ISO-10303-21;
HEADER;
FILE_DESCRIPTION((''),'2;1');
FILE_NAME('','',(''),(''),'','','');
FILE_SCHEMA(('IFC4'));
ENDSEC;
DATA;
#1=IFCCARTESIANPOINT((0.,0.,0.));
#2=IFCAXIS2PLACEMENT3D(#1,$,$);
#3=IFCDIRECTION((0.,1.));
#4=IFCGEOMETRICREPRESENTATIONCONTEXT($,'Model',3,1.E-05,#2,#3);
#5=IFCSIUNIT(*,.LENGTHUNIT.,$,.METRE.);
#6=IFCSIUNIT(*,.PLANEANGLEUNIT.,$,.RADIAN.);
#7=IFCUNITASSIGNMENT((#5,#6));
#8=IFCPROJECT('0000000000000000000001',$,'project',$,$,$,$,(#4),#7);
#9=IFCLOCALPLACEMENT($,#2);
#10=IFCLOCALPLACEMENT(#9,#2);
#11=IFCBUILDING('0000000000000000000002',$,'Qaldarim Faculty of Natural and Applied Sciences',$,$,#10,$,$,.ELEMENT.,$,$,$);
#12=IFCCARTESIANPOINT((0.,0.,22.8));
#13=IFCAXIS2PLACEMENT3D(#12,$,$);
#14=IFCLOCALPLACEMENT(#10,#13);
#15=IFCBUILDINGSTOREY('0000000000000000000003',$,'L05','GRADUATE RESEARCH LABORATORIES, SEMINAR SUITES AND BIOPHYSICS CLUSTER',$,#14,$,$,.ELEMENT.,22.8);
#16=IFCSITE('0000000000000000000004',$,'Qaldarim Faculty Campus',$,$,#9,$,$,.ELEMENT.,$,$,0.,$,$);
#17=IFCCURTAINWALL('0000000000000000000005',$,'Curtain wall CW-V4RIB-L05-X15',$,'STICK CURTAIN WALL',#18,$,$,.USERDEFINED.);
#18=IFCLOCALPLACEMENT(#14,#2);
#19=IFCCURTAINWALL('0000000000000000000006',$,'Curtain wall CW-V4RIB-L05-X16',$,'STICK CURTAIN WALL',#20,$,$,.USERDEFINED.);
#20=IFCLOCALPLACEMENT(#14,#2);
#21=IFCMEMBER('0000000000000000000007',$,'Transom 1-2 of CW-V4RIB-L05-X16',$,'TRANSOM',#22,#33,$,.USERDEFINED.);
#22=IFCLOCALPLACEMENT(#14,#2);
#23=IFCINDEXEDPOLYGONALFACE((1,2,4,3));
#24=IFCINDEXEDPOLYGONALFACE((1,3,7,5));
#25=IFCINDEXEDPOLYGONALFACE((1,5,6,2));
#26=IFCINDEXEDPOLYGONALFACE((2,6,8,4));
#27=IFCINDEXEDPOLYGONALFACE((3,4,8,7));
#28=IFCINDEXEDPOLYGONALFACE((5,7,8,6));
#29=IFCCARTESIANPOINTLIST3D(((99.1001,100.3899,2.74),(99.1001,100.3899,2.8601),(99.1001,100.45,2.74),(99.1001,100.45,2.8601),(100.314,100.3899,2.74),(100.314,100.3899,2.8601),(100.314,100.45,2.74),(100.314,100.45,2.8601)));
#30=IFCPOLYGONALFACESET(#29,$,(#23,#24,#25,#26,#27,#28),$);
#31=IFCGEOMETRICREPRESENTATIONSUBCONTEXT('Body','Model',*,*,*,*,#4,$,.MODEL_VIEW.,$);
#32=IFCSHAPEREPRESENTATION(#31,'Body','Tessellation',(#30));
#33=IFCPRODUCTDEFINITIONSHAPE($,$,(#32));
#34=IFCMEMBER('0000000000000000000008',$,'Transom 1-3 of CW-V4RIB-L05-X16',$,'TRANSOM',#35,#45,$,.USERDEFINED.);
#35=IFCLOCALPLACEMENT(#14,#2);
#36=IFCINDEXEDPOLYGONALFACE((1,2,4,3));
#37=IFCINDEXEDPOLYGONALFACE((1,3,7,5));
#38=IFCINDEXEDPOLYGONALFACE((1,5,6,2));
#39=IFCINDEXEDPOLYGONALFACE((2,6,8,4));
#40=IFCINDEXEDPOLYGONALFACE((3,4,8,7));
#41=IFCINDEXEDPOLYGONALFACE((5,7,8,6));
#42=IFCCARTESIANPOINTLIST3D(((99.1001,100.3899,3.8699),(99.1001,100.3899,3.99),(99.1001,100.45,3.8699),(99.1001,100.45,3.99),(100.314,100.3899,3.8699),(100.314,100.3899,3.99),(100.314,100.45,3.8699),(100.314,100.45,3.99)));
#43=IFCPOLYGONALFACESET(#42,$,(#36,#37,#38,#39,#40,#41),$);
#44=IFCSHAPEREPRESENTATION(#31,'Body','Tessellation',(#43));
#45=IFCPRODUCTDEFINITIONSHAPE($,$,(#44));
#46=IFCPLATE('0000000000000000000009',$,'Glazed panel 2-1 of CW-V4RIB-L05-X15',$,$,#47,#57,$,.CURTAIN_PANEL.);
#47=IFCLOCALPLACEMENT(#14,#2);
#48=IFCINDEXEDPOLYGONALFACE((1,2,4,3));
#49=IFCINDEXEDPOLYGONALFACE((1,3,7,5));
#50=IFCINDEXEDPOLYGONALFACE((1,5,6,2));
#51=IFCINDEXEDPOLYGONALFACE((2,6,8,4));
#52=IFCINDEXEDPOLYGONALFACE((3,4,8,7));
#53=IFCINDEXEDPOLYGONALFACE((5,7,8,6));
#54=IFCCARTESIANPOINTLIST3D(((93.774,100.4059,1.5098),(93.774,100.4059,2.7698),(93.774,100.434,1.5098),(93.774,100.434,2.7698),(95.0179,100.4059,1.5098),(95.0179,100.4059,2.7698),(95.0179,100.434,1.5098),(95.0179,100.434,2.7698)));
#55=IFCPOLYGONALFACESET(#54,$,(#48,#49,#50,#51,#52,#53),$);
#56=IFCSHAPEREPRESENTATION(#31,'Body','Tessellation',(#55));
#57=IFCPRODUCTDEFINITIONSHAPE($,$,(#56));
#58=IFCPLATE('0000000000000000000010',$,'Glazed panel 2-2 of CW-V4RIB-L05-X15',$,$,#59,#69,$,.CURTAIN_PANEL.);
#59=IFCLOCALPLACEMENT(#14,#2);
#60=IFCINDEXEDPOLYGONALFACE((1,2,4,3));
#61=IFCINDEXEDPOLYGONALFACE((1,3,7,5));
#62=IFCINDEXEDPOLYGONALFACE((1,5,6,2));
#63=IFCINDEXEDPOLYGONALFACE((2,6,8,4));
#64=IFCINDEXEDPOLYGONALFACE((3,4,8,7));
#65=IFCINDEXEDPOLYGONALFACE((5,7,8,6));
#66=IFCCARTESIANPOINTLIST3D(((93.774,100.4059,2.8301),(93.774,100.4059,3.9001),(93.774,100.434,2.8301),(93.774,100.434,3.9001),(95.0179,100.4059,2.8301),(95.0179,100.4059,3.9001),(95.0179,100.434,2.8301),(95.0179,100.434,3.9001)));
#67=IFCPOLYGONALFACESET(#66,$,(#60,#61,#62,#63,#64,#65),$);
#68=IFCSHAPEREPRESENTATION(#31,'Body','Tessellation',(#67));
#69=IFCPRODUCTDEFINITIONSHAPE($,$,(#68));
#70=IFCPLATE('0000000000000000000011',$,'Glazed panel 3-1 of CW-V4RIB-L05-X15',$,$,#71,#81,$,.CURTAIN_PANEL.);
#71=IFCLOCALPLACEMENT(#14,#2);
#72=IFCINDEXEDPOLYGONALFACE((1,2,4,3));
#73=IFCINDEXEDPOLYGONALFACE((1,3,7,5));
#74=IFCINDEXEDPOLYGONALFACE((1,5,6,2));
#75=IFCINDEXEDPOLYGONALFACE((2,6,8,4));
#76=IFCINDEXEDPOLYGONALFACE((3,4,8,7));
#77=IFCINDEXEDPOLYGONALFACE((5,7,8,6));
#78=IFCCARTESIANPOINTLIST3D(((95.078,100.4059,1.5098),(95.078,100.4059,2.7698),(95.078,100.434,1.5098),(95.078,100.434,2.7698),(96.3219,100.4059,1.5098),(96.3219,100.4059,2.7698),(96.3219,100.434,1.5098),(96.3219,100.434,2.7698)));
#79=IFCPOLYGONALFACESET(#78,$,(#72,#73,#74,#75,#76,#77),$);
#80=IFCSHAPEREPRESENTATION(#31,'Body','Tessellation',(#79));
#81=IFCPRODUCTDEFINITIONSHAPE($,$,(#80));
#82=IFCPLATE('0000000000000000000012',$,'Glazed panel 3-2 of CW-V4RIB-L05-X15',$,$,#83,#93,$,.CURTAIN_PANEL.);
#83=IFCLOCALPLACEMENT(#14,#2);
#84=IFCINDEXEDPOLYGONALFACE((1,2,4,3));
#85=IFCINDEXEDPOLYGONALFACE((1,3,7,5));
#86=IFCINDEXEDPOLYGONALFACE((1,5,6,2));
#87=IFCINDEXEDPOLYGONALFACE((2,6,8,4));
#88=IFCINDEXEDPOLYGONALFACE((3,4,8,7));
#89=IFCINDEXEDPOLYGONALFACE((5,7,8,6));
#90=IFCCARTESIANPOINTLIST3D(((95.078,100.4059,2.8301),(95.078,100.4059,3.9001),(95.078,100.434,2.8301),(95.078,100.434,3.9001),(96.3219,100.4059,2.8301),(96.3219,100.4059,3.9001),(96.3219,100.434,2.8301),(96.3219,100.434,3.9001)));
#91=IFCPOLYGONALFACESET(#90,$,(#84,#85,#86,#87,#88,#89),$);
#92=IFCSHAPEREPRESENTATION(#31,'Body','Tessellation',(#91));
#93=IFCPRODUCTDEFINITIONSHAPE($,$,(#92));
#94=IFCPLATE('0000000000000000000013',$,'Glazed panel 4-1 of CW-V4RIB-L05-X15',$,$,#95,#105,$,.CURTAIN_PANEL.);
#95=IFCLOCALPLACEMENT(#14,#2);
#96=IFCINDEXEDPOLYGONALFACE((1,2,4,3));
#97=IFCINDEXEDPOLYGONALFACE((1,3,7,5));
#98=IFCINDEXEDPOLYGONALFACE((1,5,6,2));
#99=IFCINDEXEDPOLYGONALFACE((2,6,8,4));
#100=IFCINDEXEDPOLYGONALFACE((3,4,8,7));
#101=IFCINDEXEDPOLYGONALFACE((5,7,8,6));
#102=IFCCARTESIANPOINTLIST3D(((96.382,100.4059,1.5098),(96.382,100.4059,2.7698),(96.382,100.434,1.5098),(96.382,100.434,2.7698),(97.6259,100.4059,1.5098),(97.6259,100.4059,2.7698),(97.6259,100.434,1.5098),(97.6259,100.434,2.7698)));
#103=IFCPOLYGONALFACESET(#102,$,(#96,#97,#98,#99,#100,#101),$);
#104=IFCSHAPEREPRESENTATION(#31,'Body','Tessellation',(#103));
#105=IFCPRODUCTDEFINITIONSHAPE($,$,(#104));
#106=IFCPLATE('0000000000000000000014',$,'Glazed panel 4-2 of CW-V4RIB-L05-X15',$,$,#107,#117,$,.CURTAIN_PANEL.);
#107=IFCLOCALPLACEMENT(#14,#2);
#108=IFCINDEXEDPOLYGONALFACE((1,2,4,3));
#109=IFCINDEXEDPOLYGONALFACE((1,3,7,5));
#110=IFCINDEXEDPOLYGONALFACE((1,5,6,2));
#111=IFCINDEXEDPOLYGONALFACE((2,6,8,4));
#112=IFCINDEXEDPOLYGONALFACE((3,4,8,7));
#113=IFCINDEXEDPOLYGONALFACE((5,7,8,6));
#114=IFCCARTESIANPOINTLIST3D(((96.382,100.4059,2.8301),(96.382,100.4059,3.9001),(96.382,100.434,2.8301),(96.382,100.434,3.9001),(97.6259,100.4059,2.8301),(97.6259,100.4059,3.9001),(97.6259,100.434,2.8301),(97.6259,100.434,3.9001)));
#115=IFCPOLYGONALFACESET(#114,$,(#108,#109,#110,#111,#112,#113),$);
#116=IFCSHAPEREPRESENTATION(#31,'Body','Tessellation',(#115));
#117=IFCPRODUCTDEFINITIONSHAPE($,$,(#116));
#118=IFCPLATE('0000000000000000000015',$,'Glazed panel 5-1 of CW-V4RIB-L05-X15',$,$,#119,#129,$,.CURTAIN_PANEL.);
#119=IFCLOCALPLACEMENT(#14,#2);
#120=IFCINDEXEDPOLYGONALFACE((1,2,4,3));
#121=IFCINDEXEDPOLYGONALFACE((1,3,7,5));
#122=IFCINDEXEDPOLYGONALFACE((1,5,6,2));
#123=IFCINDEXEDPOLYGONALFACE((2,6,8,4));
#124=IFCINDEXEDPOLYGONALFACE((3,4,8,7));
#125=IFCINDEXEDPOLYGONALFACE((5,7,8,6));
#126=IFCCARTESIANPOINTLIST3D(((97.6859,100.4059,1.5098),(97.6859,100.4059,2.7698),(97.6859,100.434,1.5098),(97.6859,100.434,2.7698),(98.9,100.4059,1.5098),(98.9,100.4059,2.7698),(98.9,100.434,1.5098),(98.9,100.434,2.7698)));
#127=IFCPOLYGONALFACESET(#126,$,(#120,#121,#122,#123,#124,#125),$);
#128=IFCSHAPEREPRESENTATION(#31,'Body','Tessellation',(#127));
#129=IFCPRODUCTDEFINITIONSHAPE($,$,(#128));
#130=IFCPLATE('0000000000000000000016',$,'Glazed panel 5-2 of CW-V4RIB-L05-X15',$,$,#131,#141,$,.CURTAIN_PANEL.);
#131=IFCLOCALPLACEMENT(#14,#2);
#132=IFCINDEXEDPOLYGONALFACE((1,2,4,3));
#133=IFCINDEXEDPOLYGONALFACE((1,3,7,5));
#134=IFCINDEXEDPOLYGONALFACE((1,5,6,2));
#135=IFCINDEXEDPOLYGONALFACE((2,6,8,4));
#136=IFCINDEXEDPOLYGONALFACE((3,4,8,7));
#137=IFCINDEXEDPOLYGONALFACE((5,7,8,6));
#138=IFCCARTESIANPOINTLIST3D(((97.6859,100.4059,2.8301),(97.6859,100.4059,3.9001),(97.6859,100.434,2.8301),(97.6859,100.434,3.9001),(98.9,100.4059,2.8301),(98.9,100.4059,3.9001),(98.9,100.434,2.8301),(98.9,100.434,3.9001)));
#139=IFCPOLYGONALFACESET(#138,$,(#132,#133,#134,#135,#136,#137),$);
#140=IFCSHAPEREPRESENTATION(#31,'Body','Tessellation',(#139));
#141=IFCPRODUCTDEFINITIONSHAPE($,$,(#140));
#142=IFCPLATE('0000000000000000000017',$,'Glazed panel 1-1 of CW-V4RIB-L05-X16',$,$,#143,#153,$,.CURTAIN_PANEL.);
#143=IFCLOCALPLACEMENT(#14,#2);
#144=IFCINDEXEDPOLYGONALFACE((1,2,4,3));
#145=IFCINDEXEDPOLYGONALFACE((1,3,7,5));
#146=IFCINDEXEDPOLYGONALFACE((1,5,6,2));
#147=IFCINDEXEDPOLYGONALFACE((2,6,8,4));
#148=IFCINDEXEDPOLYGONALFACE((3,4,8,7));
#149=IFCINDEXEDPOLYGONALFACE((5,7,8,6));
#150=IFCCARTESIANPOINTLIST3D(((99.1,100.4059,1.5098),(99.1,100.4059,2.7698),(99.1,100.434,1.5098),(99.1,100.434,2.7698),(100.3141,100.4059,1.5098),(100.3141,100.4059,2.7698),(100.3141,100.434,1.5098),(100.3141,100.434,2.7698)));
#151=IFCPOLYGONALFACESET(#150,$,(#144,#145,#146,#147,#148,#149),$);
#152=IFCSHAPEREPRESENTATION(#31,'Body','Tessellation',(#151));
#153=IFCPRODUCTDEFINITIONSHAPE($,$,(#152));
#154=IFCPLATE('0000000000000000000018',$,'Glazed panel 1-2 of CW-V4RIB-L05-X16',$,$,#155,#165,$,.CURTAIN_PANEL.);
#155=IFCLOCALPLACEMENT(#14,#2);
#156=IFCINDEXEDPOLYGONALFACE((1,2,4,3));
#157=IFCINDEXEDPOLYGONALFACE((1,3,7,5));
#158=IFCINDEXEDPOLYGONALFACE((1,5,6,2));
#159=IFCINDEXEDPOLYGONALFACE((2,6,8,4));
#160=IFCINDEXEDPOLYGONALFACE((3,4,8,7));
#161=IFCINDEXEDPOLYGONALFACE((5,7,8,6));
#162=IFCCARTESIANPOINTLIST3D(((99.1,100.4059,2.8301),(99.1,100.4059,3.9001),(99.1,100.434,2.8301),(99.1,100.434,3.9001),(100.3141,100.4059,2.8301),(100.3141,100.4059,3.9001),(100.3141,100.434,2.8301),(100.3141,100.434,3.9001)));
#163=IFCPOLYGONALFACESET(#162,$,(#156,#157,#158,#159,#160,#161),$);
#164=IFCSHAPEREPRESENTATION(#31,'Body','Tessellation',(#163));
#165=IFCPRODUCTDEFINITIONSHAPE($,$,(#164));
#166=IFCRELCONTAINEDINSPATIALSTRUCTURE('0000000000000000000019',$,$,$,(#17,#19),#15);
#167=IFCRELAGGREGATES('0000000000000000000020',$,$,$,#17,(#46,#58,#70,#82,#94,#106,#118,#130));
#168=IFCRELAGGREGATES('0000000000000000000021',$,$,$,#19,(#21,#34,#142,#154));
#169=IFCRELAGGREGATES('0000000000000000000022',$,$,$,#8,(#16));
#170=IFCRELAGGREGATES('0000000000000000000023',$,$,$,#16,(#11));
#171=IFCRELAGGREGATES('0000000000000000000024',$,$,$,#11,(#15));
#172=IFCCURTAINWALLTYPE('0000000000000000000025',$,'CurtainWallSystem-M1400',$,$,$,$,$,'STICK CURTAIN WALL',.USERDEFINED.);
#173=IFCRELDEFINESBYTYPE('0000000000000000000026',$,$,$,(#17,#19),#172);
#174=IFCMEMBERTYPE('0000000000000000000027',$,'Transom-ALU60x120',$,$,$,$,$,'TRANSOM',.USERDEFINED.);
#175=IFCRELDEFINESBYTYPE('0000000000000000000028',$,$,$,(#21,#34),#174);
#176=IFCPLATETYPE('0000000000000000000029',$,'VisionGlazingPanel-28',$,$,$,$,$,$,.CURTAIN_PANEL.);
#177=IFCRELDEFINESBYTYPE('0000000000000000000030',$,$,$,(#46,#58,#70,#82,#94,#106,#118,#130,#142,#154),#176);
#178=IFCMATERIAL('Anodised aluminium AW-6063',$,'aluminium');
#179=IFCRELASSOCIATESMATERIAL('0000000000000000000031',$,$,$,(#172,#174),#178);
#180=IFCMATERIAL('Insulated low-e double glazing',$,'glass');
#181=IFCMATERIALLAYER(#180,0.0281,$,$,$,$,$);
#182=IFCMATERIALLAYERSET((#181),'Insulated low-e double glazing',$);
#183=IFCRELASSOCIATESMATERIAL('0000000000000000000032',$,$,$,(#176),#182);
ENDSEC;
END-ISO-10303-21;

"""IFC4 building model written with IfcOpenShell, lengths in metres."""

from ifc_helpers import new_model, si_unit, direction, frame, origin, origin_2d, place, context, subcontext, project, spatial, rectangle, extrude, material, layer, layer_set, material_profile, profile_set, type_object, element, aggregate, save


model = new_model("IFC4")

# Units and contexts
model_context = context("Model", 3, precision=1e-05, world=origin(), true_north=direction((0.0, 1.0)))
body_context = subcontext(model_context, "Body", "Model", "MODEL_VIEW")
ifc_project = project(units=[si_unit("LENGTHUNIT", "METRE"), si_unit("PLANEANGLEUNIT", "RADIAN")], contexts=[model_context])

# Site, building, storey
site_placement = place(None, origin())
site = spatial("IfcSite", under=ifc_project, at=site_placement, Name="Qaldarim Faculty Campus", CompositionType="ELEMENT", RefElevation=0.0)
building_placement = place(site_placement, origin())
building = spatial("IfcBuilding", under=site, at=building_placement, Name="Qaldarim Faculty of Natural and Applied Sciences", CompositionType="ELEMENT")
storey_placement = place(building_placement, frame((0.0, 0.0, 22.8)))
storey = spatial("IfcBuildingStorey", under=building, at=storey_placement, Name="L05", Description="GRADUATE RESEARCH LABORATORIES, SEMINAR SUITES AND BIOPHYSICS CLUSTER", CompositionType="ELEMENT", Elevation=22.8)

# Curtain wall
ifc_material_1 = material(Name="Anodised aluminium AW-6063", Category="aluminium")
curtain_wall_type = type_object("IfcCurtainWallType", Name="CurtainWallSystem-M1400", ElementType="STICK CURTAIN WALL", PredefinedType="USERDEFINED", material=ifc_material_1)
curtain_wall_1_placement = place(storey_placement, origin())
curtain_wall_1 = element("IfcCurtainWall", 1, at=curtain_wall_1_placement, inside=storey, type_object=curtain_wall_type, Name="Curtain wall CW-V4RIB-L05-X15", ObjectType="STICK CURTAIN WALL", PredefinedType="USERDEFINED")

# Curtain wall
curtain_wall_2_placement = place(storey_placement, origin())
curtain_wall_2 = element("IfcCurtainWall", 2, at=curtain_wall_2_placement, inside=storey, type_object=curtain_wall_type, Name="Curtain wall CW-V4RIB-L05-X16", ObjectType="STICK CURTAIN WALL", PredefinedType="USERDEFINED")

# Members
ifc_material_profile_1 = material_profile(ifc_material_1, rectangle(XDim=0.0601, YDim=0.1201, at=origin_2d()), Name="ALU-T60x120")
ifc_profile_set_1 = profile_set([ifc_material_profile_1], Name="Anodised aluminium AW-6063")
member_type_1 = type_object("IfcMemberType", Name="Transom-ALU60x120", ElementType="TRANSOM", PredefinedType="USERDEFINED", material=ifc_profile_set_1)
member_1_placement = place(storey_placement, frame((99.1001, 100.4199, 2.8), z_axis=(1.0, 0.0, 0.0), x_axis=(0.0, 1.0, 0.0)))
member_1 = element("IfcMember", 3, at=member_1_placement, type_object=member_type_1, Name="Transom 1-2 of CW-V4RIB-L05-X16", ObjectType="TRANSOM", PredefinedType="USERDEFINED", context=body_context, shape_type="SweptSolid", body=[
    extrude(rectangle(XDim=0.0601, YDim=0.1201, at=origin_2d()), origin(), (0.0, 0.0, 1.0), 1.2139),
])
member_2_placement = place(storey_placement, frame((99.1001, 100.4199, 3.9299), z_axis=(1.0, 0.0, 0.0), x_axis=(0.0, 1.0, 0.0)))
member_2 = element("IfcMember", 4, at=member_2_placement, type_object=member_type_1, Name="Transom 1-3 of CW-V4RIB-L05-X16", ObjectType="TRANSOM", PredefinedType="USERDEFINED", context=body_context, shape_type="SweptSolid", body=[
    extrude(rectangle(XDim=0.0601, YDim=0.1201, at=origin_2d()), origin(), (0.0, 0.0, 1.0), 1.2139),
])

# Plates
ifc_material_2 = material(Name="Insulated low-e double glazing", Category="glass")
ifc_layer = layer(ifc_material_2, 0.0281)
ifc_layer_set = layer_set([ifc_layer], Name="Insulated low-e double glazing")
plate_type = type_object("IfcPlateType", Name="VisionGlazingPanel-28", PredefinedType="CURTAIN_PANEL", material=ifc_layer_set)
plate_1_placement = place(storey_placement, frame((94.396, 100.4199, 1.5098), z_axis=(0.0, 0.0, 1.0), x_axis=(1.0, 0.0, 0.0)))
plate_1 = element("IfcPlate", 5, at=plate_1_placement, type_object=plate_type, Name="Glazed panel 2-1 of CW-V4RIB-L05-X15", PredefinedType="CURTAIN_PANEL", context=body_context, shape_type="SweptSolid", body=[
    extrude(rectangle(XDim=1.2439, YDim=0.0281, at=origin_2d()), origin(), (0.0, 0.0, 1.0), 1.26),
])
plate_2_placement = place(storey_placement, frame((94.396, 100.4199, 2.8301), z_axis=(0.0, 0.0, 1.0), x_axis=(1.0, 0.0, 0.0)))
plate_2 = element("IfcPlate", 6, at=plate_2_placement, type_object=plate_type, Name="Glazed panel 2-2 of CW-V4RIB-L05-X15", PredefinedType="CURTAIN_PANEL", context=body_context, shape_type="SweptSolid", body=[
    extrude(rectangle(XDim=1.2439, YDim=0.0281, at=origin_2d()), origin(), (0.0, 0.0, 1.0), 1.0701),
])
plate_3_placement = place(storey_placement, frame((95.7, 100.4199, 1.5098), z_axis=(0.0, 0.0, 1.0), x_axis=(1.0, 0.0, 0.0)))
plate_3 = element("IfcPlate", 7, at=plate_3_placement, type_object=plate_type, Name="Glazed panel 3-1 of CW-V4RIB-L05-X15", PredefinedType="CURTAIN_PANEL", context=body_context, shape_type="SweptSolid", body=[
    extrude(rectangle(XDim=1.2439, YDim=0.0281, at=origin_2d()), origin(), (0.0, 0.0, 1.0), 1.26),
])
plate_4_placement = place(storey_placement, frame((95.7, 100.4199, 2.8301), z_axis=(0.0, 0.0, 1.0), x_axis=(1.0, 0.0, 0.0)))
plate_4 = element("IfcPlate", 8, at=plate_4_placement, type_object=plate_type, Name="Glazed panel 3-2 of CW-V4RIB-L05-X15", PredefinedType="CURTAIN_PANEL", context=body_context, shape_type="SweptSolid", body=[
    extrude(rectangle(XDim=1.2439, YDim=0.0281, at=origin_2d()), origin(), (0.0, 0.0, 1.0), 1.0701),
])
plate_5_placement = place(storey_placement, frame((97.0039, 100.4199, 1.5098), z_axis=(0.0, 0.0, 1.0), x_axis=(1.0, 0.0, 0.0)))
plate_5 = element("IfcPlate", 9, at=plate_5_placement, type_object=plate_type, Name="Glazed panel 4-1 of CW-V4RIB-L05-X15", PredefinedType="CURTAIN_PANEL", context=body_context, shape_type="SweptSolid", body=[
    extrude(rectangle(XDim=1.2439, YDim=0.0281, at=origin_2d()), origin(), (0.0, 0.0, 1.0), 1.26),
])
plate_6_placement = place(storey_placement, frame((97.0039, 100.4199, 2.8301), z_axis=(0.0, 0.0, 1.0), x_axis=(1.0, 0.0, 0.0)))
plate_6 = element("IfcPlate", 10, at=plate_6_placement, type_object=plate_type, Name="Glazed panel 4-2 of CW-V4RIB-L05-X15", PredefinedType="CURTAIN_PANEL", context=body_context, shape_type="SweptSolid", body=[
    extrude(rectangle(XDim=1.2439, YDim=0.0281, at=origin_2d()), origin(), (0.0, 0.0, 1.0), 1.0701),
])
plate_7_placement = place(storey_placement, frame((98.293, 100.4199, 1.5098), z_axis=(0.0, 0.0, 1.0), x_axis=(1.0, 0.0, 0.0)))
plate_7 = element("IfcPlate", 11, at=plate_7_placement, type_object=plate_type, Name="Glazed panel 5-1 of CW-V4RIB-L05-X15", PredefinedType="CURTAIN_PANEL", context=body_context, shape_type="SweptSolid", body=[
    extrude(rectangle(XDim=1.2141, YDim=0.0281, at=origin_2d()), origin(), (0.0, 0.0, 1.0), 1.26),
])
plate_8_placement = place(storey_placement, frame((98.293, 100.4199, 2.8301), z_axis=(0.0, 0.0, 1.0), x_axis=(1.0, 0.0, 0.0)))
plate_8 = element("IfcPlate", 12, at=plate_8_placement, type_object=plate_type, Name="Glazed panel 5-2 of CW-V4RIB-L05-X15", PredefinedType="CURTAIN_PANEL", context=body_context, shape_type="SweptSolid", body=[
    extrude(rectangle(XDim=1.2141, YDim=0.0281, at=origin_2d()), origin(), (0.0, 0.0, 1.0), 1.0701),
])
aggregate(curtain_wall_1, [plate_1, plate_2, plate_3, plate_4, plate_5, plate_6, plate_7, plate_8])
plate_9_placement = place(storey_placement, frame((99.707, 100.4199, 1.5098), z_axis=(0.0, 0.0, 1.0), x_axis=(1.0, 0.0, 0.0)))
plate_9 = element("IfcPlate", 13, at=plate_9_placement, type_object=plate_type, Name="Glazed panel 1-1 of CW-V4RIB-L05-X16", PredefinedType="CURTAIN_PANEL", context=body_context, shape_type="SweptSolid", body=[
    extrude(rectangle(XDim=1.2141, YDim=0.0281, at=origin_2d()), origin(), (0.0, 0.0, 1.0), 1.26),
])
plate_10_placement = place(storey_placement, frame((99.707, 100.4199, 2.8301), z_axis=(0.0, 0.0, 1.0), x_axis=(1.0, 0.0, 0.0)))
plate_10 = element("IfcPlate", 14, at=plate_10_placement, type_object=plate_type, Name="Glazed panel 1-2 of CW-V4RIB-L05-X16", PredefinedType="CURTAIN_PANEL", context=body_context, shape_type="SweptSolid", body=[
    extrude(rectangle(XDim=1.2141, YDim=0.0281, at=origin_2d()), origin(), (0.0, 0.0, 1.0), 1.0701),
])
aggregate(curtain_wall_2, [member_1, member_2, plate_9, plate_10])

save(model, "model.ifc")
